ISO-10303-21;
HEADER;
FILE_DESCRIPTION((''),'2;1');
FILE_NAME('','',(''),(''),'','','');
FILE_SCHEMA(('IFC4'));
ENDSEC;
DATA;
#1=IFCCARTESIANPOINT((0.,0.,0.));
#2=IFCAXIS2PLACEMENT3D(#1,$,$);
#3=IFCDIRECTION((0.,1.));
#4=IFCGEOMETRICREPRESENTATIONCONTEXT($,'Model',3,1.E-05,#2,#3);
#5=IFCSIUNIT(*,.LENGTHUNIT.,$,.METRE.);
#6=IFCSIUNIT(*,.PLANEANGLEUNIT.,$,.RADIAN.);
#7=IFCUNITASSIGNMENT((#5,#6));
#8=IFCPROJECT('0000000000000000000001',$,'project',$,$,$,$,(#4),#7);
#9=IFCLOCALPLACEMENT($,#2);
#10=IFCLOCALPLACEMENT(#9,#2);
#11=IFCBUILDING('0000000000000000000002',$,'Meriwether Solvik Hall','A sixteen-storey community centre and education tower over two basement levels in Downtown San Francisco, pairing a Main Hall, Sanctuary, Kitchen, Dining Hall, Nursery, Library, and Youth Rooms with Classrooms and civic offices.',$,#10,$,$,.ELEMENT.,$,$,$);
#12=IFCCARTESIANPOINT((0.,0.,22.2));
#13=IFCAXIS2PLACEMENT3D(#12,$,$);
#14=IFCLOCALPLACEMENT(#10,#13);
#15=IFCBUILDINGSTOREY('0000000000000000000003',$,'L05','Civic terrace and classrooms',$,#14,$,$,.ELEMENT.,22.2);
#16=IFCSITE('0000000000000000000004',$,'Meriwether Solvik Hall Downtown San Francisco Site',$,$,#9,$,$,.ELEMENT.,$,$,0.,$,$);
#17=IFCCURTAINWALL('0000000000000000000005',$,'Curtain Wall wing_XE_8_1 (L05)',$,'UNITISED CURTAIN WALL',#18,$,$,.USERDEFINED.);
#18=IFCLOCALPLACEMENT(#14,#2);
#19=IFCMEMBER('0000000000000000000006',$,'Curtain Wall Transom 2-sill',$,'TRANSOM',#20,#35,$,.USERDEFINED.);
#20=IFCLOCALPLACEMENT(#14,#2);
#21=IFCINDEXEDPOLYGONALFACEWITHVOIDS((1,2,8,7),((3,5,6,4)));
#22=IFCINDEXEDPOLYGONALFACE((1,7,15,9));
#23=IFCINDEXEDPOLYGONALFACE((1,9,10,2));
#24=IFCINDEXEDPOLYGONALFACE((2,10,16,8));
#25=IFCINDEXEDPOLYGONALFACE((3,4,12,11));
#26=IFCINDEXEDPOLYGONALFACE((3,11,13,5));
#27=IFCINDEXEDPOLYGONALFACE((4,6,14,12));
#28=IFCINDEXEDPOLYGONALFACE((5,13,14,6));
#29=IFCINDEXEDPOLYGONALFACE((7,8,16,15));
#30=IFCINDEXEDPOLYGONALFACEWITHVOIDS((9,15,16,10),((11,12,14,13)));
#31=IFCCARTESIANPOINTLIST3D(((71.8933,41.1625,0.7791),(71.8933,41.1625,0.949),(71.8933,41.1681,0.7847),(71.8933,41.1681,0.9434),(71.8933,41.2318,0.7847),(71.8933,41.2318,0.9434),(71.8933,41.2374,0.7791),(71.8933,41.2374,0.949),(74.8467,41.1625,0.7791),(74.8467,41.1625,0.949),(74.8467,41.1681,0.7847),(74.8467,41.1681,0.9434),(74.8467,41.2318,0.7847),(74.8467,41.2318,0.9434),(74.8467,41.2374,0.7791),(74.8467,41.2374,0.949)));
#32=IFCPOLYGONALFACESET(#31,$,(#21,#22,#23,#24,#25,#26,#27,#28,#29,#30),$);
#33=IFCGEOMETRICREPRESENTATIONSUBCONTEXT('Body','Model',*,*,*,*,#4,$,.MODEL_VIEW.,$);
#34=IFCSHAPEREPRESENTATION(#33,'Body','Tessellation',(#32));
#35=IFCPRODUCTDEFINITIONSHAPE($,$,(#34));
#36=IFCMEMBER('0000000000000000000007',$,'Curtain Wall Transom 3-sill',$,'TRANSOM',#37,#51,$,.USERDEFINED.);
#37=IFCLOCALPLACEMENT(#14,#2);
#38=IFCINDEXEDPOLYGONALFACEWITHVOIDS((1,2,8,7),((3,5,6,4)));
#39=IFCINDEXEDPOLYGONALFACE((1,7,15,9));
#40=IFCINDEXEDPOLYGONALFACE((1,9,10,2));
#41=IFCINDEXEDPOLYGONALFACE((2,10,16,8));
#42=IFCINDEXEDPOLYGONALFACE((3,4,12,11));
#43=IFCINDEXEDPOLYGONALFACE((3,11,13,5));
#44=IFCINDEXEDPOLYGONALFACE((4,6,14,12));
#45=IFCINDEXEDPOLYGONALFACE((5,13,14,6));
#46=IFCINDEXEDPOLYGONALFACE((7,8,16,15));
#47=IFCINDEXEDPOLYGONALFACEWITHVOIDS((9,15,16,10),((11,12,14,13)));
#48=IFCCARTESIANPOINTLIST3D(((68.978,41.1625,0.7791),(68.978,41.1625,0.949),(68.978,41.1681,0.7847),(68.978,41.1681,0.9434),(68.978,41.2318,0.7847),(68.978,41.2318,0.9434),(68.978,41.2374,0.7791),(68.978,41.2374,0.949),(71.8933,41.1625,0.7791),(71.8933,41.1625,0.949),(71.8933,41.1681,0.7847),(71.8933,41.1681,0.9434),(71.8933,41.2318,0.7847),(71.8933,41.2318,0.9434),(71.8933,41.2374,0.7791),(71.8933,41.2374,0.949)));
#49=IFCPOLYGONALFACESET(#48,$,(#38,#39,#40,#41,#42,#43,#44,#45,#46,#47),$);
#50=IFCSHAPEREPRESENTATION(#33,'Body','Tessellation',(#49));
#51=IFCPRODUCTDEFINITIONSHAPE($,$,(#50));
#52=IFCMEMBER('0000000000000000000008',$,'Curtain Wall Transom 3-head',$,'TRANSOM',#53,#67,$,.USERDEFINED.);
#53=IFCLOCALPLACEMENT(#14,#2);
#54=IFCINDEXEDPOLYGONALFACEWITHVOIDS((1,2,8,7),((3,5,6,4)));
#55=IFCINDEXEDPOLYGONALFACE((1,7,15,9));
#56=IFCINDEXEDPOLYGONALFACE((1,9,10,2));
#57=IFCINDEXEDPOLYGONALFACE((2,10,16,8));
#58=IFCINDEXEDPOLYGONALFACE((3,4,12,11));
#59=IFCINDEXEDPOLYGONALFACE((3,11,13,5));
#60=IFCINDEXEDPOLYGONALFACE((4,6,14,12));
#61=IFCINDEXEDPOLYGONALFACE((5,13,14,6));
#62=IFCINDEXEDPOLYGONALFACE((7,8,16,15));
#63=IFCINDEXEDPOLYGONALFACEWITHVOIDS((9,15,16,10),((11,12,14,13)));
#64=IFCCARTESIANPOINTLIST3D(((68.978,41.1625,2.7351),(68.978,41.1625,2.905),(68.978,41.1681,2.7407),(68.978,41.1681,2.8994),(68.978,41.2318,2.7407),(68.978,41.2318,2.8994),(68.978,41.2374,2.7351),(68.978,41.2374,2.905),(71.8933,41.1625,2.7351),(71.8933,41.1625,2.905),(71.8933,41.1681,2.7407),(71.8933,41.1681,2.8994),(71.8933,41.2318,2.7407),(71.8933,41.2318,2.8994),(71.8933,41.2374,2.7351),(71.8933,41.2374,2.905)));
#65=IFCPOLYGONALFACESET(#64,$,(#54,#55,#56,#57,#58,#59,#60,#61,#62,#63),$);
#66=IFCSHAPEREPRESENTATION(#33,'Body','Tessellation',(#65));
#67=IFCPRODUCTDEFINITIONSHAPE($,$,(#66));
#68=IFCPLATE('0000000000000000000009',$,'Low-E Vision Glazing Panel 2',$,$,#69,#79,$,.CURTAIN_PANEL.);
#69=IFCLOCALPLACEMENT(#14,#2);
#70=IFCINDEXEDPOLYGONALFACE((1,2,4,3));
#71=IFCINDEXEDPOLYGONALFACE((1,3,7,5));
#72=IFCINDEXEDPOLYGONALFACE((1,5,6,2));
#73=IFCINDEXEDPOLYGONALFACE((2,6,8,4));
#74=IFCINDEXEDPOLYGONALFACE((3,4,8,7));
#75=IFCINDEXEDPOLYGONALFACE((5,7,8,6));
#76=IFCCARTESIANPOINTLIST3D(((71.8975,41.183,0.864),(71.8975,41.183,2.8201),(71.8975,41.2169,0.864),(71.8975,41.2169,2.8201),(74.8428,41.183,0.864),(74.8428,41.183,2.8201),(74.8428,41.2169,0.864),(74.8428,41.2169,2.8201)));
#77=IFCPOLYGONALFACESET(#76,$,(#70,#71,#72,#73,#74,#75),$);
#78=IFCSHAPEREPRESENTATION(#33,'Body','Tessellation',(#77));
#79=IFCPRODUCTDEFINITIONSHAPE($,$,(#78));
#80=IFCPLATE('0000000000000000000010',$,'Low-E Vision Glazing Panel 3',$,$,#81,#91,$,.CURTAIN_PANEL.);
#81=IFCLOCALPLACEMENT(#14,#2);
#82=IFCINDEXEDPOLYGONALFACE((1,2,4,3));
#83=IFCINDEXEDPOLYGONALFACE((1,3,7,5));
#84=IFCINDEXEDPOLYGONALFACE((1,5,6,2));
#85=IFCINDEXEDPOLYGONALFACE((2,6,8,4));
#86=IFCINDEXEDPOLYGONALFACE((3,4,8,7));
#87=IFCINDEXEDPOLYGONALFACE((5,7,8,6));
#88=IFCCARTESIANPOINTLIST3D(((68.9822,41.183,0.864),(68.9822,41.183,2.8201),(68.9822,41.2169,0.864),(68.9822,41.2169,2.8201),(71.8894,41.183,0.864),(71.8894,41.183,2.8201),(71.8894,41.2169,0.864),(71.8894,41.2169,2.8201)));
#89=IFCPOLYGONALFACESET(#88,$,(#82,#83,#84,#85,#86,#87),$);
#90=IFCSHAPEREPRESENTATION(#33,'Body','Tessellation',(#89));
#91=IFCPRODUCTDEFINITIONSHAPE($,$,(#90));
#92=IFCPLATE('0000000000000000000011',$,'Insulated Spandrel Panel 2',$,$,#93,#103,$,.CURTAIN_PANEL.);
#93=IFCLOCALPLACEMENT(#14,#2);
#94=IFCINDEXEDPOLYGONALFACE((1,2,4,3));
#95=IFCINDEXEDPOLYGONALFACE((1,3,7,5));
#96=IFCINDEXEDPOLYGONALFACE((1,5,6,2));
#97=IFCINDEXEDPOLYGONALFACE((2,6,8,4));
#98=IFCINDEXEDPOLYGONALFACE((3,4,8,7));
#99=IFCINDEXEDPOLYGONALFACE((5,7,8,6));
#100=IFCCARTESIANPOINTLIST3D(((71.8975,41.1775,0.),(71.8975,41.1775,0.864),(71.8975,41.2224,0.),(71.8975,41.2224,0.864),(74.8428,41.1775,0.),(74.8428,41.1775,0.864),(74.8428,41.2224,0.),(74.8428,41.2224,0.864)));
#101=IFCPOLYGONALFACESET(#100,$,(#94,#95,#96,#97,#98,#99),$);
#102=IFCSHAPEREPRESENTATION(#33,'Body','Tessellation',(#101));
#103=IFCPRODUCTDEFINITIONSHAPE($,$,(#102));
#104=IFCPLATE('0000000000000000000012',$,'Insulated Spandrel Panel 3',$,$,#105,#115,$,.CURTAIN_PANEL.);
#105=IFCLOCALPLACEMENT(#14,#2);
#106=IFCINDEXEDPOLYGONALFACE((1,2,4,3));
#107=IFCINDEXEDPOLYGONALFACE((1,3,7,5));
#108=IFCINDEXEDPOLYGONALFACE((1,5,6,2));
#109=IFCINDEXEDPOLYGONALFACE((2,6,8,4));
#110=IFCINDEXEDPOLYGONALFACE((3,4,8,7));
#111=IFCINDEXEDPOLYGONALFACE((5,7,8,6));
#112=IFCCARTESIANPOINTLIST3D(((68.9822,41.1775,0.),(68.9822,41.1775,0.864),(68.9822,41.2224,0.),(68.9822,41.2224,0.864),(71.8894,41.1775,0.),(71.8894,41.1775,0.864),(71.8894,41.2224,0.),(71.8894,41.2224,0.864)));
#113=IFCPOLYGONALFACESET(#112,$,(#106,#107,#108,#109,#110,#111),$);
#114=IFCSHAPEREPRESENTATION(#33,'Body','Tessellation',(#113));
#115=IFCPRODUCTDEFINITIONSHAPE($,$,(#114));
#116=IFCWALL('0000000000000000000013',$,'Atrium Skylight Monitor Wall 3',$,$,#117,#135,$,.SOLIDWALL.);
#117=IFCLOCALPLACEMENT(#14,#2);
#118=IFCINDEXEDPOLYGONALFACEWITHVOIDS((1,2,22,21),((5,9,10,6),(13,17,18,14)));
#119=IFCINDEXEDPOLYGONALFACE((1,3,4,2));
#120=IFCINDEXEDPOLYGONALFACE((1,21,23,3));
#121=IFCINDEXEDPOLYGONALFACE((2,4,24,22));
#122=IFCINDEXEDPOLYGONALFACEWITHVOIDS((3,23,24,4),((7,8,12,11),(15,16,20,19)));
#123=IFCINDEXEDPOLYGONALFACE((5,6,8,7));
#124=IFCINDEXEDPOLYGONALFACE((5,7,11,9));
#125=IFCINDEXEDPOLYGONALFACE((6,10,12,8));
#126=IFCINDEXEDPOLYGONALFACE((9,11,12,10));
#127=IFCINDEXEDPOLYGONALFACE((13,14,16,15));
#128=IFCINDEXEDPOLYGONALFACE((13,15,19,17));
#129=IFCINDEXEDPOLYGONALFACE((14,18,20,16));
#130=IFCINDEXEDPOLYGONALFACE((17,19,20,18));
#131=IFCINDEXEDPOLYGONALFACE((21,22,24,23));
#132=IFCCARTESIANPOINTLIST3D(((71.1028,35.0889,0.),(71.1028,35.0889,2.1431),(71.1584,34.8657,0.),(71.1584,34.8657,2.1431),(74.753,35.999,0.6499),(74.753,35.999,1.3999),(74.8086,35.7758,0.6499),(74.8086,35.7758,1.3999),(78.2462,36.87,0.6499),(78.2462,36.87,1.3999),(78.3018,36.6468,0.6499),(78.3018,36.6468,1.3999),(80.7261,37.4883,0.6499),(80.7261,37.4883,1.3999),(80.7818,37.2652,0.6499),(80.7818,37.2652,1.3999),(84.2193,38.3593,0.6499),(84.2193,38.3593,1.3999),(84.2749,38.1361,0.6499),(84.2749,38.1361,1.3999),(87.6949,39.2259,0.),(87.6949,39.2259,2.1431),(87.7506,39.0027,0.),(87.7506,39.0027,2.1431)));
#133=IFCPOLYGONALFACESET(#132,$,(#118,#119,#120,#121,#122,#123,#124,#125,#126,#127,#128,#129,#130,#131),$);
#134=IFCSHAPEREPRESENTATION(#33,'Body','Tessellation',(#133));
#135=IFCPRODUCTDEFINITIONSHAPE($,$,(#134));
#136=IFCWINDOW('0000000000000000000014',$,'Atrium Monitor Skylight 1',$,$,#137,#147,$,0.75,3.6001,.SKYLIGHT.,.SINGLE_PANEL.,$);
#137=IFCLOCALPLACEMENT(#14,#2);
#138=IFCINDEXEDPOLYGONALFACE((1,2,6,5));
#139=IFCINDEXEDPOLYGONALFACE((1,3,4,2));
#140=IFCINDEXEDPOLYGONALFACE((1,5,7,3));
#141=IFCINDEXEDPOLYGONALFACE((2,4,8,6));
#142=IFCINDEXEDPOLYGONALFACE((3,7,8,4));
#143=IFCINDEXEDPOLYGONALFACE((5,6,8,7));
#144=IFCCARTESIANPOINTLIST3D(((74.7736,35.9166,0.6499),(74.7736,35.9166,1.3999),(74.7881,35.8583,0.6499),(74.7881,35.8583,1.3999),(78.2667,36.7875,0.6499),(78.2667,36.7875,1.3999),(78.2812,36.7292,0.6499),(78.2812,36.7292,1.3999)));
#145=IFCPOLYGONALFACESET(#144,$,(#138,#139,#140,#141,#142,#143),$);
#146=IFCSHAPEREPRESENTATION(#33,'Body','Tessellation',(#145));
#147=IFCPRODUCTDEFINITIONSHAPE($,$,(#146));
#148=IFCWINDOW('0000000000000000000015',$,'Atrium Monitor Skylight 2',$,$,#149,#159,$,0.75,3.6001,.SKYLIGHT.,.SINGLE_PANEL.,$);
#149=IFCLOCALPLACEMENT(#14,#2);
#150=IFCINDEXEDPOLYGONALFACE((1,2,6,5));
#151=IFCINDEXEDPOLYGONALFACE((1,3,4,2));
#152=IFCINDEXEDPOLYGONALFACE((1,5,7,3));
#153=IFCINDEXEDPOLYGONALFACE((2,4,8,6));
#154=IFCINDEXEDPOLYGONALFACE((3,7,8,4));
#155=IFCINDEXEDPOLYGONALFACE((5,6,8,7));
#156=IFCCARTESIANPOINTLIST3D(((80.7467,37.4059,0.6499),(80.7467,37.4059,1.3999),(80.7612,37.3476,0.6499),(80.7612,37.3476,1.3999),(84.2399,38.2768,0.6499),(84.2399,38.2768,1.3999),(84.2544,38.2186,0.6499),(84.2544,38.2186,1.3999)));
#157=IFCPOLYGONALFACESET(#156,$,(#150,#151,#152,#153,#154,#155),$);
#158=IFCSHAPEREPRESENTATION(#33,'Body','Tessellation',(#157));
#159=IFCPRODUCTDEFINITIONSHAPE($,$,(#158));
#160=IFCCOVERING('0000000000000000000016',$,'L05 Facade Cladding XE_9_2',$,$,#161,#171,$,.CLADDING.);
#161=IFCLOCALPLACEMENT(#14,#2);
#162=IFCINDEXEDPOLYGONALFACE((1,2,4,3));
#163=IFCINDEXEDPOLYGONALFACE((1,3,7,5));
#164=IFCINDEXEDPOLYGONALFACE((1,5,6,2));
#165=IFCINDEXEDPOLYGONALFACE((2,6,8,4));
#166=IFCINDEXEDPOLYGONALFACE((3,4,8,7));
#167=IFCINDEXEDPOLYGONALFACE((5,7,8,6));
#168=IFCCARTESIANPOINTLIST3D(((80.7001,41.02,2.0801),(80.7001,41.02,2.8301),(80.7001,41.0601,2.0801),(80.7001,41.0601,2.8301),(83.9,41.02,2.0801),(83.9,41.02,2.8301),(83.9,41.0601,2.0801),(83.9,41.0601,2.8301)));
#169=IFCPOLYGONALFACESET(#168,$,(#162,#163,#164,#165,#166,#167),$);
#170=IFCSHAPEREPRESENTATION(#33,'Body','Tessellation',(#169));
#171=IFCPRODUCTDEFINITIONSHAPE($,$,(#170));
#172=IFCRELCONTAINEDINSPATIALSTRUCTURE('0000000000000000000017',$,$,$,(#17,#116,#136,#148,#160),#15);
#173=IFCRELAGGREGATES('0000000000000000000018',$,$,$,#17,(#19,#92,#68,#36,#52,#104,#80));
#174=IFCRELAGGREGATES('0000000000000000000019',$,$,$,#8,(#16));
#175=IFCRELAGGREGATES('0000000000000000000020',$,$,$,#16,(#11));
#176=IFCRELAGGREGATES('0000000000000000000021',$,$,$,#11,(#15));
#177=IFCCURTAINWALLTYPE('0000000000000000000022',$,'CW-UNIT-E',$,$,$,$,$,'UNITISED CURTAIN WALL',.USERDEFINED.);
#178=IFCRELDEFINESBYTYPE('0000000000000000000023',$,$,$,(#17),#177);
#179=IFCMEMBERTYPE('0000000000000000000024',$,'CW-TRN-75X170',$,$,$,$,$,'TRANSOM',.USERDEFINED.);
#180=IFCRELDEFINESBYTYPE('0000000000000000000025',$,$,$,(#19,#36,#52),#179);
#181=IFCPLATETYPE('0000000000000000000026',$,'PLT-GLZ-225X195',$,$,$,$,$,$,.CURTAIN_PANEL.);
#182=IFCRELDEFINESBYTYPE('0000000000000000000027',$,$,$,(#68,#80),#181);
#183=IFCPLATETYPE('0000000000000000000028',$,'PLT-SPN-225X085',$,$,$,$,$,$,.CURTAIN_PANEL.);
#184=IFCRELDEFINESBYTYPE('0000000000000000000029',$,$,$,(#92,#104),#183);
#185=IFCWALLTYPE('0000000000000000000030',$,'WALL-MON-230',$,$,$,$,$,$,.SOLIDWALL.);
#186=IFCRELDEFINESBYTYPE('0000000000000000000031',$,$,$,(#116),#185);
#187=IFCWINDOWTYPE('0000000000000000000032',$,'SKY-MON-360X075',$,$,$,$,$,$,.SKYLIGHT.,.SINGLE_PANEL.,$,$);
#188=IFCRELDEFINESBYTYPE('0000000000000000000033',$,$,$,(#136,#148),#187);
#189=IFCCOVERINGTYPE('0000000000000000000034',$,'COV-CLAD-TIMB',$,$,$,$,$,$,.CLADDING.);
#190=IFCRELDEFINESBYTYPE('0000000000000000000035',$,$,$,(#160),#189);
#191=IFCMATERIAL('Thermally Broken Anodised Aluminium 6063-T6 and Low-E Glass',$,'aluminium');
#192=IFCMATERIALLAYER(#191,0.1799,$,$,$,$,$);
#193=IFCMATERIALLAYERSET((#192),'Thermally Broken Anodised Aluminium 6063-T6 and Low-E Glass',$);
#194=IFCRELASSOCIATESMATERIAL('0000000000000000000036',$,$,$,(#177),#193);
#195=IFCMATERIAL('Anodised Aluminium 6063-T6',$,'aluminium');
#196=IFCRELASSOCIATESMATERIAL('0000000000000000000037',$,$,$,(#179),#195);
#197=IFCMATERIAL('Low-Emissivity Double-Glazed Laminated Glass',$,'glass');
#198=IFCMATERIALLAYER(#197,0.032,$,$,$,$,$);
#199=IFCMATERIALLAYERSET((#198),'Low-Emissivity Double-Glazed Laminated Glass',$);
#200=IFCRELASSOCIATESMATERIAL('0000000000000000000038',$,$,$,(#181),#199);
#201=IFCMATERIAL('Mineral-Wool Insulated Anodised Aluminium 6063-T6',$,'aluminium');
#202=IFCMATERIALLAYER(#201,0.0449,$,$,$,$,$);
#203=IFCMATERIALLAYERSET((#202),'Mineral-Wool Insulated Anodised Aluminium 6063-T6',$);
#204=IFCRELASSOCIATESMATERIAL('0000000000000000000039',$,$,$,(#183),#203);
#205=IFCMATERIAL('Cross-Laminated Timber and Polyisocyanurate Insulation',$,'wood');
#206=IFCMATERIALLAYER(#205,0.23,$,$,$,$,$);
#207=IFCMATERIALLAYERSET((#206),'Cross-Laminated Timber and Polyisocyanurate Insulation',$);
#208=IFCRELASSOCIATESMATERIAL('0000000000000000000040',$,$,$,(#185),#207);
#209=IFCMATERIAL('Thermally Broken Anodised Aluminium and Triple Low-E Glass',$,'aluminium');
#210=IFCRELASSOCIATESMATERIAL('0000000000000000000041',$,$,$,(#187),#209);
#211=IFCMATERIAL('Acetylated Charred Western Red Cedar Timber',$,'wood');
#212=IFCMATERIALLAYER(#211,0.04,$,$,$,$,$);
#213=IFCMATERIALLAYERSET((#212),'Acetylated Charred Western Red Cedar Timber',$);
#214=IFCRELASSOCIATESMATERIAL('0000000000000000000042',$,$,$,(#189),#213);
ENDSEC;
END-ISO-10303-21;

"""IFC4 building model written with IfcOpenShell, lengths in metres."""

from ifc_helpers import new_model, si_unit, direction, frame, frame_2d, origin, origin_2d, place, context, subcontext, project, spatial, rectangle, hollow_rectangle, extrude, material, layer, layer_set, material_profile, profile_set, type_object, element, fill, aggregate, save


model = new_model("IFC4")

# Units and contexts
model_context = context("Model", 3, precision=1e-05, world=origin(), true_north=direction((0.0, 1.0)))
body_context = subcontext(model_context, "Body", "Model", "MODEL_VIEW")
ifc_project = project(units=[si_unit("LENGTHUNIT", "METRE"), si_unit("PLANEANGLEUNIT", "RADIAN")], contexts=[model_context])

# Site, building, storey
site_placement = place(None, origin())
site = spatial("IfcSite", under=ifc_project, at=site_placement, Name="Meriwether Solvik Hall Downtown San Francisco Site", CompositionType="ELEMENT", RefElevation=0.0)
building_placement = place(site_placement, origin())
building = spatial("IfcBuilding", under=site, at=building_placement, Name="Meriwether Solvik Hall", Description="A sixteen-storey community centre and education tower over two basement levels in Downtown San Francisco, pairing a Main Hall, Sanctuary, Kitchen, Dining Hall, Nursery, Library, and Youth Rooms with Classrooms and civic offices.", CompositionType="ELEMENT")
storey_placement = place(building_placement, frame((0.0, 0.0, 22.2)))
storey = spatial("IfcBuildingStorey", under=building, at=storey_placement, Name="L05", Description="Civic terrace and classrooms", CompositionType="ELEMENT", Elevation=22.2)

# Curtain wall, members, plates
ifc_material_1 = material(Name="Thermally Broken Anodised Aluminium 6063-T6 and Low-E Glass", Category="aluminium")
ifc_layer_1 = layer(ifc_material_1, 0.1799)
ifc_layer_set_1 = layer_set([ifc_layer_1], Name="Thermally Broken Anodised Aluminium 6063-T6 and Low-E Glass")
curtain_wall_type = type_object("IfcCurtainWallType", Name="CW-UNIT-E", ElementType="UNITISED CURTAIN WALL", PredefinedType="USERDEFINED", material=ifc_layer_set_1)
curtain_wall_placement = place(storey_placement, origin())
curtain_wall = element("IfcCurtainWall", 1, at=curtain_wall_placement, inside=storey, type_object=curtain_wall_type, Name="Curtain Wall wing_XE_8_1 (L05)", ObjectType="UNITISED CURTAIN WALL", PredefinedType="USERDEFINED")
ifc_material_2 = material(Name="Anodised Aluminium 6063-T6", Category="aluminium")
ifc_material_profile_1 = material_profile(ifc_material_2, hollow_rectangle(XDim=0.075, YDim=0.1699, WallThickness=0.0056, at=origin_2d()), Name="CWT-75X170")
ifc_profile_set_1 = profile_set([ifc_material_profile_1], Name="Anodised Aluminium 6063-T6")
member_type_1 = type_object("IfcMemberType", Name="CW-TRN-75X170", ElementType="TRANSOM", PredefinedType="USERDEFINED", material=ifc_profile_set_1)
member_1_placement = place(storey_placement, frame((74.8467, 41.2, 0.864), z_axis=(-1.0, 0.0, 0.0), x_axis=(0.0, -1.0, 0.0)))
member_1 = element("IfcMember", 2, at=member_1_placement, type_object=member_type_1, Name="Curtain Wall Transom 2-sill", ObjectType="TRANSOM", PredefinedType="USERDEFINED", context=body_context, shape_type="SweptSolid", body=[
    extrude(hollow_rectangle(XDim=0.075, YDim=0.1699, WallThickness=0.0056, at=origin_2d()), origin(), (0.0, 0.0, 1.0), 2.9534),
])
member_2_placement = place(storey_placement, frame((71.8933, 41.2, 0.864), z_axis=(-1.0, 0.0, 0.0), x_axis=(0.0, -1.0, 0.0)))
member_2 = element("IfcMember", 3, at=member_2_placement, type_object=member_type_1, Name="Curtain Wall Transom 3-sill", ObjectType="TRANSOM", PredefinedType="USERDEFINED", context=body_context, shape_type="SweptSolid", body=[
    extrude(hollow_rectangle(XDim=0.075, YDim=0.1699, WallThickness=0.0056, at=origin_2d()), origin(), (0.0, 0.0, 1.0), 2.9153),
])
member_3_placement = place(storey_placement, frame((71.8933, 41.2, 2.8201), z_axis=(-1.0, 0.0, 0.0), x_axis=(0.0, -1.0, 0.0)))
member_3 = element("IfcMember", 4, at=member_3_placement, type_object=member_type_1, Name="Curtain Wall Transom 3-head", ObjectType="TRANSOM", PredefinedType="USERDEFINED", context=body_context, shape_type="SweptSolid", body=[
    extrude(hollow_rectangle(XDim=0.075, YDim=0.1699, WallThickness=0.0056, at=origin_2d()), origin(), (0.0, 0.0, 1.0), 2.9153),
])
ifc_material_3 = material(Name="Low-Emissivity Double-Glazed Laminated Glass", Category="glass")
ifc_layer_2 = layer(ifc_material_3, 0.032)
ifc_layer_set_2 = layer_set([ifc_layer_2], Name="Low-Emissivity Double-Glazed Laminated Glass")
plate_type_1 = type_object("IfcPlateType", Name="PLT-GLZ-225X195", PredefinedType="CURTAIN_PANEL", material=ifc_layer_set_2)
plate_1_placement = place(storey_placement, frame((73.3701, 41.2, 0.864), z_axis=(0.0, 0.0, 1.0), x_axis=(-1.0, 0.0, 0.0)))
plate_1 = element("IfcPlate", 5, at=plate_1_placement, type_object=plate_type_1, Name="Low-E Vision Glazing Panel 2", PredefinedType="CURTAIN_PANEL", context=body_context, shape_type="SweptSolid", body=[
    extrude(rectangle(XDim=2.9453, YDim=0.0339, at=origin_2d()), origin(), (0.0, 0.0, 1.0), 1.9561),
])
plate_2_placement = place(storey_placement, frame((70.4358, 41.2, 0.864), z_axis=(0.0, 0.0, 1.0), x_axis=(-1.0, 0.0, 0.0)))
plate_2 = element("IfcPlate", 6, at=plate_2_placement, type_object=plate_type_1, Name="Low-E Vision Glazing Panel 3", PredefinedType="CURTAIN_PANEL", context=body_context, shape_type="SweptSolid", body=[
    extrude(rectangle(XDim=2.9072, YDim=0.0339, at=origin_2d()), origin(), (0.0, 0.0, 1.0), 1.9561),
])
ifc_material_4 = material(Name="Mineral-Wool Insulated Anodised Aluminium 6063-T6", Category="aluminium")
ifc_layer_3 = layer(ifc_material_4, 0.0449)
ifc_layer_set_3 = layer_set([ifc_layer_3], Name="Mineral-Wool Insulated Anodised Aluminium 6063-T6")
plate_type_2 = type_object("IfcPlateType", Name="PLT-SPN-225X085", PredefinedType="CURTAIN_PANEL", material=ifc_layer_set_3)
plate_3_placement = place(storey_placement, frame((73.3701, 41.2, 0.0), z_axis=(0.0, 0.0, 1.0), x_axis=(-1.0, 0.0, 0.0)))
plate_3 = element("IfcPlate", 7, at=plate_3_placement, type_object=plate_type_2, Name="Insulated Spandrel Panel 2", PredefinedType="CURTAIN_PANEL", context=body_context, shape_type="SweptSolid", body=[
    extrude(rectangle(XDim=2.9453, YDim=0.0449, at=origin_2d()), origin(), (0.0, 0.0, 1.0), 0.864),
])
plate_4_placement = place(storey_placement, frame((70.4358, 41.2, 0.0), z_axis=(0.0, 0.0, 1.0), x_axis=(-1.0, 0.0, 0.0)))
plate_4 = element("IfcPlate", 8, at=plate_4_placement, type_object=plate_type_2, Name="Insulated Spandrel Panel 3", PredefinedType="CURTAIN_PANEL", context=body_context, shape_type="SweptSolid", body=[
    extrude(rectangle(XDim=2.9072, YDim=0.0449, at=origin_2d()), origin(), (0.0, 0.0, 1.0), 0.864),
])
aggregate(curtain_wall, [member_1, plate_3, plate_1, member_2, member_3, plate_4, plate_2])

# Wall, openings, windows
ifc_material_5 = material(Name="Cross-Laminated Timber and Polyisocyanurate Insulation", Category="wood")
ifc_layer_4 = layer(ifc_material_5, 0.23)
ifc_layer_set_4 = layer_set([ifc_layer_4], Name="Cross-Laminated Timber and Polyisocyanurate Insulation")
wall_type = type_object("IfcWallType", Name="WALL-MON-230", PredefinedType="SOLIDWALL", material=ifc_layer_set_4)
wall_placement = place(storey_placement, frame((71.1306, 34.9773, 0.0), z_axis=(0.0, 0.0, 1.0), x_axis=(0.970294, 0.241928, 0.0)))
wall = element("IfcWall", 9, at=wall_placement, inside=storey, type_object=wall_type, Name="Atrium Skylight Monitor Wall 3", PredefinedType="SOLIDWALL", context=body_context, shape_type="SweptSolid", body=[
    extrude(rectangle(XDim=17.1001, YDim=0.23, at=frame_2d((8.55, 0.0))), origin(), (0.0, 0.0, 1.0), 2.1431),
])
opening_1_placement = place(wall_placement, frame((3.762, 0.0, 0.6499)))
opening_1 = element("IfcOpeningElement", 10, at=opening_1_placement, cuts=wall, PredefinedType="OPENING", context=body_context, shape_type="SweptSolid", body=[
    extrude(rectangle(XDim=3.6001, YDim=0.75, at=frame_2d((1.8, 0.375))), frame((0.0, 0.127, 0.0), z_axis=(0.0, -1.0, 0.0), x_axis=(1.0, 0.0, 0.0)), (0.0, 0.0, 1.0), 0.2539),
])
opening_2_placement = place(wall_placement, frame((9.918, 0.0, 0.6499)))
opening_2 = element("IfcOpeningElement", 11, at=opening_2_placement, cuts=wall, PredefinedType="OPENING", context=body_context, shape_type="SweptSolid", body=[
    extrude(rectangle(XDim=3.6001, YDim=0.75, at=frame_2d((1.8, 0.375))), frame((0.0, 0.127, 0.0), z_axis=(0.0, -1.0, 0.0), x_axis=(1.0, 0.0, 0.0)), (0.0, 0.0, 1.0), 0.2539),
])
ifc_material_6 = material(Name="Thermally Broken Anodised Aluminium and Triple Low-E Glass", Category="aluminium")
window_type = type_object("IfcWindowType", Name="SKY-MON-360X075", PartitioningType="SINGLE_PANEL", PredefinedType="SKYLIGHT", material=ifc_material_6)
window_1_placement = place(opening_1_placement, origin())
window_1 = element("IfcWindow", 12, at=window_1_placement, inside=storey, type_object=window_type, Name="Atrium Monitor Skylight 1", OverallHeight=0.75, OverallWidth=3.6001, PartitioningType="SINGLE_PANEL", PredefinedType="SKYLIGHT", context=body_context, shape_type="SweptSolid", body=[
    extrude(rectangle(XDim=3.6001, YDim=0.75, at=frame_2d((1.8, 0.375))), frame((0.0, 0.03, 0.0), z_axis=(0.0, -1.0, 0.0), x_axis=(1.0, 0.0, 0.0)), (0.0, 0.0, 1.0), 0.0601),
])
fill(opening_1, window_1)
window_2_placement = place(opening_2_placement, origin())
window_2 = element("IfcWindow", 13, at=window_2_placement, inside=storey, type_object=window_type, Name="Atrium Monitor Skylight 2", OverallHeight=0.75, OverallWidth=3.6001, PartitioningType="SINGLE_PANEL", PredefinedType="SKYLIGHT", context=body_context, shape_type="SweptSolid", body=[
    extrude(rectangle(XDim=3.6001, YDim=0.75, at=frame_2d((1.8, 0.375))), frame((0.0, 0.03, 0.0), z_axis=(0.0, -1.0, 0.0), x_axis=(1.0, 0.0, 0.0)), (0.0, 0.0, 1.0), 0.0601),
])
fill(opening_2, window_2)

# Covering
ifc_material_7 = material(Name="Acetylated Charred Western Red Cedar Timber", Category="wood")
ifc_layer_5 = layer(ifc_material_7, 0.04)
ifc_layer_set_5 = layer_set([ifc_layer_5], Name="Acetylated Charred Western Red Cedar Timber")
covering_type = type_object("IfcCoveringType", Name="COV-CLAD-TIMB", PredefinedType="CLADDING", material=ifc_layer_set_5)
covering_placement = place(storey_placement, frame((82.3, 41.04, 2.0801), z_axis=(0.0, 0.0, 1.0), x_axis=(-1.0, 0.0, 0.0)))
element("IfcCovering", 14, at=covering_placement, inside=storey, type_object=covering_type, Name="L05 Facade Cladding XE_9_2", PredefinedType="CLADDING", context=body_context, shape_type="SweptSolid", body=[
    extrude(rectangle(XDim=3.2, YDim=0.04, at=origin_2d()), origin(), (0.0, 0.0, 1.0), 0.75),
])

save(model, "model.ifc")
